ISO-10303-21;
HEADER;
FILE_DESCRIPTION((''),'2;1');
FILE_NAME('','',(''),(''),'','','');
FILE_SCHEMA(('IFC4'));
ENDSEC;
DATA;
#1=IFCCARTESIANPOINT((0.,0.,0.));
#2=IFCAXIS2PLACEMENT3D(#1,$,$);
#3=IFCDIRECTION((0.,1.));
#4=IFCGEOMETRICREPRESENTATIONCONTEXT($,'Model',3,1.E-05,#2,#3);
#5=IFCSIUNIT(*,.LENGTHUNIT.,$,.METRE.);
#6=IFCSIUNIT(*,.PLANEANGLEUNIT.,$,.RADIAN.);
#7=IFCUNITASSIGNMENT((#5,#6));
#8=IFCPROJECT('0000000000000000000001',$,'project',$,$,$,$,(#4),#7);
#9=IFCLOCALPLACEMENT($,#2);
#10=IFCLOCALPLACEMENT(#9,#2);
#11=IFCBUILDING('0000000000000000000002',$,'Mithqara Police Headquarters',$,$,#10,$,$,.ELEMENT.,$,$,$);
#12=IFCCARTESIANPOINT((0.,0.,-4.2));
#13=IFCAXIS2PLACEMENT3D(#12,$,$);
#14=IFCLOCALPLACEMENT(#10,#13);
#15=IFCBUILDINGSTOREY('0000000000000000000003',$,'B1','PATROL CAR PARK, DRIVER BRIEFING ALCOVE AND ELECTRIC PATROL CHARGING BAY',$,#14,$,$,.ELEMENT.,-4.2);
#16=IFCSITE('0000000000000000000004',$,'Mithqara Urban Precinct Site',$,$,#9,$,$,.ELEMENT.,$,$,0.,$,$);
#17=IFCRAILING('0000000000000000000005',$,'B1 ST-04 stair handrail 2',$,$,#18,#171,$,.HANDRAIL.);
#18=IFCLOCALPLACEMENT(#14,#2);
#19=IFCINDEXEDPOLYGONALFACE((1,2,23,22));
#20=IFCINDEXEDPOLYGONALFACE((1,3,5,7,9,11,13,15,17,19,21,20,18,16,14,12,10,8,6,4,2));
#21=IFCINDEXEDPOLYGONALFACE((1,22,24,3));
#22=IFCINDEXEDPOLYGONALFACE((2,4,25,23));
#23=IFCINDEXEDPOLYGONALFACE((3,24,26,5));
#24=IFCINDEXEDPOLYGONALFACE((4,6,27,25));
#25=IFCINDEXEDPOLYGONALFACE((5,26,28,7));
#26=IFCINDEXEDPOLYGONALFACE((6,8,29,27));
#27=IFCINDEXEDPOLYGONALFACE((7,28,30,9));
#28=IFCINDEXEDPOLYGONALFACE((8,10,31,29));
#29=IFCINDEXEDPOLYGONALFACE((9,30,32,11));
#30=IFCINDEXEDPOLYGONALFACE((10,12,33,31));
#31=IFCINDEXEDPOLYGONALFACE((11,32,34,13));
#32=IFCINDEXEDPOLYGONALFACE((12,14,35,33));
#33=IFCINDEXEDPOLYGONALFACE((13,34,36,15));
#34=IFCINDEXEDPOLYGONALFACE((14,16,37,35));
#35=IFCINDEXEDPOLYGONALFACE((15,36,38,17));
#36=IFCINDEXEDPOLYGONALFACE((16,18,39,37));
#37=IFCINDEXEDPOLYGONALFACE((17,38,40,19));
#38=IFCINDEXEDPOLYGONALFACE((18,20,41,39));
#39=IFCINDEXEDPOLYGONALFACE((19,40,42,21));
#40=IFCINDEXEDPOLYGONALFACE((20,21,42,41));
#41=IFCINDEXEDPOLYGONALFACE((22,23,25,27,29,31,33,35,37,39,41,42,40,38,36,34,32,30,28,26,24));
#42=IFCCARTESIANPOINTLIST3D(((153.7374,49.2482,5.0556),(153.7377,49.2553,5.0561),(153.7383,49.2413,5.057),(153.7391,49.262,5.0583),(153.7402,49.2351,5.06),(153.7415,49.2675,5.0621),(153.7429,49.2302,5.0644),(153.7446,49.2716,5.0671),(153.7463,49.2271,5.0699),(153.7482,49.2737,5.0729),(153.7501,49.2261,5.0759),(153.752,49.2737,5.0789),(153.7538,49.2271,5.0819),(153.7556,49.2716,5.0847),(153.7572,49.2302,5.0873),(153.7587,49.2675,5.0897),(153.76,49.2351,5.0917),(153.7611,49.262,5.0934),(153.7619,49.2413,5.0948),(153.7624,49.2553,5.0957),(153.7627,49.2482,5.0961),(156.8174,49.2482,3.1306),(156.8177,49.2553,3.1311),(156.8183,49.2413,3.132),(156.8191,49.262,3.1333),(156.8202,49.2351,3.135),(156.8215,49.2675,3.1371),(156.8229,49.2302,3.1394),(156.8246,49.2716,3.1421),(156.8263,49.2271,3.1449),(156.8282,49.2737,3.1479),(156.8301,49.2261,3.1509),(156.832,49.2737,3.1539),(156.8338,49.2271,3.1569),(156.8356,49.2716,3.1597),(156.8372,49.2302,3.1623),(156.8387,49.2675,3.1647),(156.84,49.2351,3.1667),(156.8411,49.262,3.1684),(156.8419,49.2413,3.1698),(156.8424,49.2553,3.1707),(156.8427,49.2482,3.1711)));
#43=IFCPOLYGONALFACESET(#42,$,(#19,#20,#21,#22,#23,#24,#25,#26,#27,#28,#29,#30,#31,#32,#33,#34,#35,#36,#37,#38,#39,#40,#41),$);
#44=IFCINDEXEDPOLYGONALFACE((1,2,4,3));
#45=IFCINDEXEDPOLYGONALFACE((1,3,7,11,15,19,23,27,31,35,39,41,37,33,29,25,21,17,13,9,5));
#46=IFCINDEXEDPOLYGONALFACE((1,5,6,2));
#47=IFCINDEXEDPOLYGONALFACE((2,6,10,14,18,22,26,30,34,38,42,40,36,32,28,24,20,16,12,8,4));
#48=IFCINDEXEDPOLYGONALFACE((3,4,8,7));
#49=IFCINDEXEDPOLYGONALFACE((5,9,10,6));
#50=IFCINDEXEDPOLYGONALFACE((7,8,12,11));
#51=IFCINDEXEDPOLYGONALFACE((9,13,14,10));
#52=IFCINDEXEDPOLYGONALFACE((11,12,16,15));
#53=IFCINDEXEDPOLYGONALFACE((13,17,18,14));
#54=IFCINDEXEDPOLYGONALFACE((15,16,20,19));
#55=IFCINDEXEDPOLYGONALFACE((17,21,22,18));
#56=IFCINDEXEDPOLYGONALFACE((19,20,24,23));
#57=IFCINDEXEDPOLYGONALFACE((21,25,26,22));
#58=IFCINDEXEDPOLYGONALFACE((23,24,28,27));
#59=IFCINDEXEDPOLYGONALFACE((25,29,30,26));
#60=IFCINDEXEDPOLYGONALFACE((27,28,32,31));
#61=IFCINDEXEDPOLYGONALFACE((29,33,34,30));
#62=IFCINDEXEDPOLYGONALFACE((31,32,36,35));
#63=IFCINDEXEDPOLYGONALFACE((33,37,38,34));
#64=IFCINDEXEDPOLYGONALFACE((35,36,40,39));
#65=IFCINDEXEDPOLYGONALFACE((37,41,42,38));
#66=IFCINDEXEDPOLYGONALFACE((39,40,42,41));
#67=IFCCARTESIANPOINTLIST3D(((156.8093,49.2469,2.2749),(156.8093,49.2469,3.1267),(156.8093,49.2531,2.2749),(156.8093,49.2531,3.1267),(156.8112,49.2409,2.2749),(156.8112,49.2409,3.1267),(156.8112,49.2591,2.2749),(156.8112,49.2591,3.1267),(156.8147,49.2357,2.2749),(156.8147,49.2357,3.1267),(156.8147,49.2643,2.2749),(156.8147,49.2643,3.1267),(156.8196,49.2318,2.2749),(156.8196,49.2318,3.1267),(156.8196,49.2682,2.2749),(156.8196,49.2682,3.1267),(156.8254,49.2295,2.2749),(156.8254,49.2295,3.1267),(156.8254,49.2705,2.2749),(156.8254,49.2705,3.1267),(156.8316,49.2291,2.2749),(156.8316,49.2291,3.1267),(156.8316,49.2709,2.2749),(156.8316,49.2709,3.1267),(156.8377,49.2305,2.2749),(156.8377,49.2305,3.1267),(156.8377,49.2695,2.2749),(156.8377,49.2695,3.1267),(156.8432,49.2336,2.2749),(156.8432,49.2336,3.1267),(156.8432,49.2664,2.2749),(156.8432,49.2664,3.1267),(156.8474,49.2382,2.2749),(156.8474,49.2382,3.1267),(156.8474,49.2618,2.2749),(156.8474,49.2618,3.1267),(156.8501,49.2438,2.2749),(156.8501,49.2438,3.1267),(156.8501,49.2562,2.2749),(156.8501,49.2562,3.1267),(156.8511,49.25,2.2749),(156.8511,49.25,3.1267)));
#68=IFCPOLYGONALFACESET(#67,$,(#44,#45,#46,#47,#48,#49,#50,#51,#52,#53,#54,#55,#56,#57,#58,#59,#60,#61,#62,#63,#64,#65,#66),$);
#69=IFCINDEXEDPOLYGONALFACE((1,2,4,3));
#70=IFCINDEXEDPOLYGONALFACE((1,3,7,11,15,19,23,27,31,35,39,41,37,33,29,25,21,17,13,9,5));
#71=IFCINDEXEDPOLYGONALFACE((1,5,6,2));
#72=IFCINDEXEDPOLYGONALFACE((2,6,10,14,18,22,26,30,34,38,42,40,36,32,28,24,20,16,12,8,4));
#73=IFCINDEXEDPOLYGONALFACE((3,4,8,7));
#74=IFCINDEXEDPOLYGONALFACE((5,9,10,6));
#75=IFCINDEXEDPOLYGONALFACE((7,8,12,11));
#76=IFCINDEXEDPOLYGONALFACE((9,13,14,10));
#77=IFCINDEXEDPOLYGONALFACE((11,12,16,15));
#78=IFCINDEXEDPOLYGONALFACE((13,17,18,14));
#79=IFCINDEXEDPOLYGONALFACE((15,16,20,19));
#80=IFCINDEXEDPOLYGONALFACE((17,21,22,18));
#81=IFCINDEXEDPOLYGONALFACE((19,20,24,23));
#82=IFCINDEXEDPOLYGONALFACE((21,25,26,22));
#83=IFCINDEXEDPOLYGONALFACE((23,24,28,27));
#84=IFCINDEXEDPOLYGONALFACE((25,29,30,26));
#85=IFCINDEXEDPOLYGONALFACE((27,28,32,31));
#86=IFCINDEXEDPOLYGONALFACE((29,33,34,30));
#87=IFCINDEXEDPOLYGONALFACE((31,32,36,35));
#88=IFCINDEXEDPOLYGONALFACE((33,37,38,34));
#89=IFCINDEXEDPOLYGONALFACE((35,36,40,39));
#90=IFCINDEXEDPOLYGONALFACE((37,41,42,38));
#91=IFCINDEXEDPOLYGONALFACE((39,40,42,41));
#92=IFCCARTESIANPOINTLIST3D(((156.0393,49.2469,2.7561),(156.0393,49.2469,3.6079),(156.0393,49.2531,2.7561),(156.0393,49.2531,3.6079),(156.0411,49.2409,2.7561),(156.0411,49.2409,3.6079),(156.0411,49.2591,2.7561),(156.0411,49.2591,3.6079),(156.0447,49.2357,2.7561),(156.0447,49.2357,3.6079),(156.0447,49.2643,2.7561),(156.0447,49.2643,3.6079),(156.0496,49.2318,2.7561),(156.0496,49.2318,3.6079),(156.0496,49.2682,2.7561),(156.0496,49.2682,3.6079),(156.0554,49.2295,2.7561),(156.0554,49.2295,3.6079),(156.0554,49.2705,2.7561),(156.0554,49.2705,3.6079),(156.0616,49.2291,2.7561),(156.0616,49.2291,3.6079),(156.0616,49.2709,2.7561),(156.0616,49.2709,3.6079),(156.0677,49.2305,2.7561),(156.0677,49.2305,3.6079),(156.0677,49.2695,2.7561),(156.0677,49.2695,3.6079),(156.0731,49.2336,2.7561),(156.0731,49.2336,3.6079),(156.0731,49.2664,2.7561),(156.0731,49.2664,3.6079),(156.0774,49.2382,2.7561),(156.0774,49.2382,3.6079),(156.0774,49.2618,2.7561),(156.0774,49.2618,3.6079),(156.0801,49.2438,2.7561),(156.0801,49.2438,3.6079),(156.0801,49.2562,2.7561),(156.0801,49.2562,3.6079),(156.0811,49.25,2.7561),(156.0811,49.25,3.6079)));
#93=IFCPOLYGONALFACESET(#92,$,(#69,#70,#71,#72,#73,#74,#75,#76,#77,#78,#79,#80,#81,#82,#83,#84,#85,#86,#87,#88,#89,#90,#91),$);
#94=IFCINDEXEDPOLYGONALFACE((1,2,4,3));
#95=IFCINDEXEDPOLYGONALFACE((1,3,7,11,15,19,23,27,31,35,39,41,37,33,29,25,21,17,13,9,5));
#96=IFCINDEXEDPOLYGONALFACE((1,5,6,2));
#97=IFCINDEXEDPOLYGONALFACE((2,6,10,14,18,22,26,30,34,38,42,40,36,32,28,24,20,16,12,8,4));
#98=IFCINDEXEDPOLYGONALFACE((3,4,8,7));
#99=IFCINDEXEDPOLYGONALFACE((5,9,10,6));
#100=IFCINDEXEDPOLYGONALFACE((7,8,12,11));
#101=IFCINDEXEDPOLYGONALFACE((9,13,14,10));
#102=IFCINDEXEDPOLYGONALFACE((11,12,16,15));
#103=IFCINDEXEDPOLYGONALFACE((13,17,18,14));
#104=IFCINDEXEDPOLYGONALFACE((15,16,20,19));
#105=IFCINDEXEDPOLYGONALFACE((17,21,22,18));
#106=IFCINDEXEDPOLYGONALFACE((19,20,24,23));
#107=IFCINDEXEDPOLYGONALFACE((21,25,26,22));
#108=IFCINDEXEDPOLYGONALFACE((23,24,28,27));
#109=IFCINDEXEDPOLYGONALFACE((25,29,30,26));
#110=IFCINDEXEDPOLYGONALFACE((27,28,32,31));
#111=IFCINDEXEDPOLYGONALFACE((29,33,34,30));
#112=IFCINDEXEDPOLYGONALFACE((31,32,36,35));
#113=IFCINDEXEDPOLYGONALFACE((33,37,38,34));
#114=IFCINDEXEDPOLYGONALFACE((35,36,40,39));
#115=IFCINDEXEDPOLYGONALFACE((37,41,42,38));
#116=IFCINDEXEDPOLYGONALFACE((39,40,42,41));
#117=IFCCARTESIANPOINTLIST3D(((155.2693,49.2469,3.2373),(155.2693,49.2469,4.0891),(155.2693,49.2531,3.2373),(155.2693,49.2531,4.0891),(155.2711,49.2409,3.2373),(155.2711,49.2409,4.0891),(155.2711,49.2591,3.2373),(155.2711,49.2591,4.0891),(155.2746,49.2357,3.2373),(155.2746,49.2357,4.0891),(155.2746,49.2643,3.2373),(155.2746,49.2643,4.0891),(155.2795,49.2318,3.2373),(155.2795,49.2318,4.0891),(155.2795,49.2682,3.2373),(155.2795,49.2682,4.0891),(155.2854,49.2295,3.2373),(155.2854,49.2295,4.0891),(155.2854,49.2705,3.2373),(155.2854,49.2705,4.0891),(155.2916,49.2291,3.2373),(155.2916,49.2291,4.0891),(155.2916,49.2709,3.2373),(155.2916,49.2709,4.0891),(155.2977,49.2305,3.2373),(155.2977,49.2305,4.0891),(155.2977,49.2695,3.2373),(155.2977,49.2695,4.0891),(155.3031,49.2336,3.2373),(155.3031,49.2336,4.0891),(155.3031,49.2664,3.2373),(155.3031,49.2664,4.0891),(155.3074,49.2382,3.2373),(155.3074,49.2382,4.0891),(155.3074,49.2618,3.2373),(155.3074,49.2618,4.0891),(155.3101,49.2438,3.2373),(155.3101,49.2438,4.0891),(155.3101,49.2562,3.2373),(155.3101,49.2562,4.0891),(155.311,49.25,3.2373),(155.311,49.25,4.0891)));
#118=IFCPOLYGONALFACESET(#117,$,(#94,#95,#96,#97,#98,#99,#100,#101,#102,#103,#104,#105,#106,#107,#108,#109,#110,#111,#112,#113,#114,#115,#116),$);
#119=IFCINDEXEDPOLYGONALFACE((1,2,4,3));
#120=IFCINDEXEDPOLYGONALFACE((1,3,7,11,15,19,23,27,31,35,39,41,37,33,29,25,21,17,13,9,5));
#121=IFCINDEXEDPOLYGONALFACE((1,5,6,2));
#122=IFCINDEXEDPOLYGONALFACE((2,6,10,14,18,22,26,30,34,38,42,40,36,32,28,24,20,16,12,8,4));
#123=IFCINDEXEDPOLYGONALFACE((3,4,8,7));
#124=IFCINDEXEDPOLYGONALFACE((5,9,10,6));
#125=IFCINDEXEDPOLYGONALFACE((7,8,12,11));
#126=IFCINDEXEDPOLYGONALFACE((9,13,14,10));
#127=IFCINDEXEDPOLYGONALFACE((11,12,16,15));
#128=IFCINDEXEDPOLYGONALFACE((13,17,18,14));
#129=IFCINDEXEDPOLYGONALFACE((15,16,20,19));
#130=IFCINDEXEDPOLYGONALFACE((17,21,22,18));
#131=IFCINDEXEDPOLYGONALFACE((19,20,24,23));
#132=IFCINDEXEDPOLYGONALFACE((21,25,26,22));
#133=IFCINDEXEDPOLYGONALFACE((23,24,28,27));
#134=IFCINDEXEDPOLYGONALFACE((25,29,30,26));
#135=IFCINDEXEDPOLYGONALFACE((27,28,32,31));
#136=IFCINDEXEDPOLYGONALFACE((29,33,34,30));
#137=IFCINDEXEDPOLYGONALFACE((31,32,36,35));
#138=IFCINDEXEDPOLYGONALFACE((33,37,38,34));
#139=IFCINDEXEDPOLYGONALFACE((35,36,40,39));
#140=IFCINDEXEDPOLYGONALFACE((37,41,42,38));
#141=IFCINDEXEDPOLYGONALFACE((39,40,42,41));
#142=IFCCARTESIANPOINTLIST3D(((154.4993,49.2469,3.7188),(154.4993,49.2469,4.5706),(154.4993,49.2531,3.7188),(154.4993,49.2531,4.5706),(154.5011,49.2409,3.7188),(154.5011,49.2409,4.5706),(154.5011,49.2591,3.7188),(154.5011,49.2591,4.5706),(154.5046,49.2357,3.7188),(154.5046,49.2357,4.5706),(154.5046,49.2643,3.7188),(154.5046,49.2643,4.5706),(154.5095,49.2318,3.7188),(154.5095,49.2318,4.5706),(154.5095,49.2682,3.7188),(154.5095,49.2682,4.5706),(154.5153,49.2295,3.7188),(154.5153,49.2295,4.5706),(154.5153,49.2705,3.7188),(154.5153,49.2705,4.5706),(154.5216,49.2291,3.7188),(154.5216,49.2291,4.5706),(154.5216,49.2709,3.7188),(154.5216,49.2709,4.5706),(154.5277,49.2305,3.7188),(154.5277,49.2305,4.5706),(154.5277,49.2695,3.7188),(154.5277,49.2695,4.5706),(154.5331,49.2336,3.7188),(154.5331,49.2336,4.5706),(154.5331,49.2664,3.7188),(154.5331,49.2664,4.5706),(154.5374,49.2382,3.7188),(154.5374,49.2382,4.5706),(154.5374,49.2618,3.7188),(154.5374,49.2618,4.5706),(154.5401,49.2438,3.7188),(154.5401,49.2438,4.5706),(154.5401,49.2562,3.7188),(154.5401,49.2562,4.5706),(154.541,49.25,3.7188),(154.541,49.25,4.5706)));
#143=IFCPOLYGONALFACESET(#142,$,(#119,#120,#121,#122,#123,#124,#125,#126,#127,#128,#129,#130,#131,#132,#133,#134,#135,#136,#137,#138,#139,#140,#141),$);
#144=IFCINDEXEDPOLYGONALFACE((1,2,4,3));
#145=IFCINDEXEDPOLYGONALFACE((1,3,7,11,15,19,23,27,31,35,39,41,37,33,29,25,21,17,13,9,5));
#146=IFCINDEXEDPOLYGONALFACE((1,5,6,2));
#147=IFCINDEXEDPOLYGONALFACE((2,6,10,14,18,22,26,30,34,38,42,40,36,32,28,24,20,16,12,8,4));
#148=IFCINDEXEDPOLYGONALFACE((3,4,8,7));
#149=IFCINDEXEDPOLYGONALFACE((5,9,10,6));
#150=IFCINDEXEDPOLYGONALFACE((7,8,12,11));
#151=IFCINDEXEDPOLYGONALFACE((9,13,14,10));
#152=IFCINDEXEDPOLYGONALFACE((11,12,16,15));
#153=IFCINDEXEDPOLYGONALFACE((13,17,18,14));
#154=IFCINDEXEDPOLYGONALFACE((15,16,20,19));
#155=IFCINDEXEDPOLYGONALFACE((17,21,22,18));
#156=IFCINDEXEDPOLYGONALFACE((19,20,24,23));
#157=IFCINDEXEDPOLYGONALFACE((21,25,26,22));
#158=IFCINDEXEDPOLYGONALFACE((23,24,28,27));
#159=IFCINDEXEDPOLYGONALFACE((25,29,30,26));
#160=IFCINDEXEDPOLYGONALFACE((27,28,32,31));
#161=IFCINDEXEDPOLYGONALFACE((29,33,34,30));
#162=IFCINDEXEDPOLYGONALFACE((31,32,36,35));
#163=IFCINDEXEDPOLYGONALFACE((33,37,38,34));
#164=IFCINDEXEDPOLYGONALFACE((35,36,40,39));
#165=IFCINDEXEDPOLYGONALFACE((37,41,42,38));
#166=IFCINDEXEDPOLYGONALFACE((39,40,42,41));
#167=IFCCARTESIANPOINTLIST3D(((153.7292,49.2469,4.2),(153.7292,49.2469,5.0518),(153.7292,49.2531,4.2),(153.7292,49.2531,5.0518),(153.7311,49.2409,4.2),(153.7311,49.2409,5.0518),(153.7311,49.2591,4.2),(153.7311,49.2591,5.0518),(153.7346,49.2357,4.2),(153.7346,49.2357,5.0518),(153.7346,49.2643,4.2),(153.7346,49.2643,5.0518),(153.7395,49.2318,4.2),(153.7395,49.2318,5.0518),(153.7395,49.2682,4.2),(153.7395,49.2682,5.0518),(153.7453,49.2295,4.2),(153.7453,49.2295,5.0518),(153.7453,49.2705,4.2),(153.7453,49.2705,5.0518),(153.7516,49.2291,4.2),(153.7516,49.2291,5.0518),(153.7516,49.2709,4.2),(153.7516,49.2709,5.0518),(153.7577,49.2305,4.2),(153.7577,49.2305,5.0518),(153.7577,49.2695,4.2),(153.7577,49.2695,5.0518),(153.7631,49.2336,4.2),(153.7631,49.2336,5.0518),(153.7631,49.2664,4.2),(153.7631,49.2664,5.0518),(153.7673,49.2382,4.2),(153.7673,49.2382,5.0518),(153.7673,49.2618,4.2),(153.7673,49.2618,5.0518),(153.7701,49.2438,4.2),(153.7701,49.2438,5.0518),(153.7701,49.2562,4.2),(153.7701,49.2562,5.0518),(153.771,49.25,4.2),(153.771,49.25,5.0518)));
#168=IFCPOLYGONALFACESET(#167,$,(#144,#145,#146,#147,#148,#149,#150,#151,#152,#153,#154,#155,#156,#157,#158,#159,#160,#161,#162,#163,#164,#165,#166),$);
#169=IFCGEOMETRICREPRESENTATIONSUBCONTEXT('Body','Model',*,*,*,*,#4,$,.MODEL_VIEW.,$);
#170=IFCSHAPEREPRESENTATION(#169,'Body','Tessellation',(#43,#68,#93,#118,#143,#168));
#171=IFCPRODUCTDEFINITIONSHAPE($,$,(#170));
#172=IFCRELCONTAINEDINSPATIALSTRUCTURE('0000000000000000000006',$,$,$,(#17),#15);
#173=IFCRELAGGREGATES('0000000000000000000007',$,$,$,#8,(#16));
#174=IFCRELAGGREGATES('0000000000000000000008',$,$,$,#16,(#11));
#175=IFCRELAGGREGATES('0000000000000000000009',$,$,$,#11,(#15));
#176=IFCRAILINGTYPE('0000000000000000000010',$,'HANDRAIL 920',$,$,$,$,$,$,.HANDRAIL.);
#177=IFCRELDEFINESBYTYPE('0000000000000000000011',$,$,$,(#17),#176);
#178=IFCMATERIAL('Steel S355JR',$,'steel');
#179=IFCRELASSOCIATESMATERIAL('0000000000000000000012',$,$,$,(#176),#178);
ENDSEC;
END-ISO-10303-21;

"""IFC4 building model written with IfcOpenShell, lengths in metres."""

from ifc_helpers import new_model, si_unit, direction, frame, origin, origin_2d, place, context, subcontext, project, spatial, circle, extrude, material, type_object, element, save


model = new_model("IFC4")

# Units and contexts
model_context = context("Model", 3, precision=1e-05, world=origin(), true_north=direction((0.0, 1.0)))
body_context = subcontext(model_context, "Body", "Model", "MODEL_VIEW")
ifc_project = project(units=[si_unit("LENGTHUNIT", "METRE"), si_unit("PLANEANGLEUNIT", "RADIAN")], contexts=[model_context])

# Site, building, storey
site_placement = place(None, origin())
site = spatial("IfcSite", under=ifc_project, at=site_placement, Name="Mithqara Urban Precinct Site", CompositionType="ELEMENT", RefElevation=0.0)
building_placement = place(site_placement, origin())
building = spatial("IfcBuilding", under=site, at=building_placement, Name="Mithqara Police Headquarters", CompositionType="ELEMENT")
storey_placement = place(building_placement, frame((0.0, 0.0, -4.2)))
storey = spatial("IfcBuildingStorey", under=building, at=storey_placement, Name="B1", Description="PATROL CAR PARK, DRIVER BRIEFING ALCOVE AND ELECTRIC PATROL CHARGING BAY", CompositionType="ELEMENT", Elevation=-4.2)

# Shared definitions
ifc_material_1 = material(Name="Steel S355JR", Category="steel")

# Railing
railing_type_1 = type_object("IfcRailingType", Name="HANDRAIL 920", PredefinedType="HANDRAIL", material=ifc_material_1)
railing_1_placement = place(storey_placement, frame((156.8301, 49.25, 2.2749)))
element("IfcRailing", 1, at=railing_1_placement, inside=storey, type_object=railing_type_1, Name="B1 ST-04 stair handrail 2", PredefinedType="HANDRAIL", context=body_context, shape_type="SweptSolid", body=[
    extrude(circle(Radius=0.0239, at=origin_2d()), frame((0.0, 0.0, 0.876), z_axis=(-0.847998, 0.0, 0.529999), x_axis=(0.0, -1.0, 0.0)), (0.0, 0.0, 1.0), 3.6321),
    extrude(circle(Radius=0.021, at=origin_2d()), origin(), (0.0, 0.0, 1.0), 0.8518),
    extrude(circle(Radius=0.021, at=origin_2d()), frame((-0.77, 0.0, 0.4812)), (0.0, 0.0, 1.0), 0.8518),
    extrude(circle(Radius=0.021, at=origin_2d()), frame((-1.54, 0.0, 0.9624)), (0.0, 0.0, 1.0), 0.8518),
    extrude(circle(Radius=0.021, at=origin_2d()), frame((-2.3101, 0.0, 1.4438)), (0.0, 0.0, 1.0), 0.8518),
    extrude(circle(Radius=0.021, at=origin_2d()), frame((-3.0801, 0.0, 1.925)), (0.0, 0.0, 1.0), 0.8518),
])

save(model, "model.ifc")
